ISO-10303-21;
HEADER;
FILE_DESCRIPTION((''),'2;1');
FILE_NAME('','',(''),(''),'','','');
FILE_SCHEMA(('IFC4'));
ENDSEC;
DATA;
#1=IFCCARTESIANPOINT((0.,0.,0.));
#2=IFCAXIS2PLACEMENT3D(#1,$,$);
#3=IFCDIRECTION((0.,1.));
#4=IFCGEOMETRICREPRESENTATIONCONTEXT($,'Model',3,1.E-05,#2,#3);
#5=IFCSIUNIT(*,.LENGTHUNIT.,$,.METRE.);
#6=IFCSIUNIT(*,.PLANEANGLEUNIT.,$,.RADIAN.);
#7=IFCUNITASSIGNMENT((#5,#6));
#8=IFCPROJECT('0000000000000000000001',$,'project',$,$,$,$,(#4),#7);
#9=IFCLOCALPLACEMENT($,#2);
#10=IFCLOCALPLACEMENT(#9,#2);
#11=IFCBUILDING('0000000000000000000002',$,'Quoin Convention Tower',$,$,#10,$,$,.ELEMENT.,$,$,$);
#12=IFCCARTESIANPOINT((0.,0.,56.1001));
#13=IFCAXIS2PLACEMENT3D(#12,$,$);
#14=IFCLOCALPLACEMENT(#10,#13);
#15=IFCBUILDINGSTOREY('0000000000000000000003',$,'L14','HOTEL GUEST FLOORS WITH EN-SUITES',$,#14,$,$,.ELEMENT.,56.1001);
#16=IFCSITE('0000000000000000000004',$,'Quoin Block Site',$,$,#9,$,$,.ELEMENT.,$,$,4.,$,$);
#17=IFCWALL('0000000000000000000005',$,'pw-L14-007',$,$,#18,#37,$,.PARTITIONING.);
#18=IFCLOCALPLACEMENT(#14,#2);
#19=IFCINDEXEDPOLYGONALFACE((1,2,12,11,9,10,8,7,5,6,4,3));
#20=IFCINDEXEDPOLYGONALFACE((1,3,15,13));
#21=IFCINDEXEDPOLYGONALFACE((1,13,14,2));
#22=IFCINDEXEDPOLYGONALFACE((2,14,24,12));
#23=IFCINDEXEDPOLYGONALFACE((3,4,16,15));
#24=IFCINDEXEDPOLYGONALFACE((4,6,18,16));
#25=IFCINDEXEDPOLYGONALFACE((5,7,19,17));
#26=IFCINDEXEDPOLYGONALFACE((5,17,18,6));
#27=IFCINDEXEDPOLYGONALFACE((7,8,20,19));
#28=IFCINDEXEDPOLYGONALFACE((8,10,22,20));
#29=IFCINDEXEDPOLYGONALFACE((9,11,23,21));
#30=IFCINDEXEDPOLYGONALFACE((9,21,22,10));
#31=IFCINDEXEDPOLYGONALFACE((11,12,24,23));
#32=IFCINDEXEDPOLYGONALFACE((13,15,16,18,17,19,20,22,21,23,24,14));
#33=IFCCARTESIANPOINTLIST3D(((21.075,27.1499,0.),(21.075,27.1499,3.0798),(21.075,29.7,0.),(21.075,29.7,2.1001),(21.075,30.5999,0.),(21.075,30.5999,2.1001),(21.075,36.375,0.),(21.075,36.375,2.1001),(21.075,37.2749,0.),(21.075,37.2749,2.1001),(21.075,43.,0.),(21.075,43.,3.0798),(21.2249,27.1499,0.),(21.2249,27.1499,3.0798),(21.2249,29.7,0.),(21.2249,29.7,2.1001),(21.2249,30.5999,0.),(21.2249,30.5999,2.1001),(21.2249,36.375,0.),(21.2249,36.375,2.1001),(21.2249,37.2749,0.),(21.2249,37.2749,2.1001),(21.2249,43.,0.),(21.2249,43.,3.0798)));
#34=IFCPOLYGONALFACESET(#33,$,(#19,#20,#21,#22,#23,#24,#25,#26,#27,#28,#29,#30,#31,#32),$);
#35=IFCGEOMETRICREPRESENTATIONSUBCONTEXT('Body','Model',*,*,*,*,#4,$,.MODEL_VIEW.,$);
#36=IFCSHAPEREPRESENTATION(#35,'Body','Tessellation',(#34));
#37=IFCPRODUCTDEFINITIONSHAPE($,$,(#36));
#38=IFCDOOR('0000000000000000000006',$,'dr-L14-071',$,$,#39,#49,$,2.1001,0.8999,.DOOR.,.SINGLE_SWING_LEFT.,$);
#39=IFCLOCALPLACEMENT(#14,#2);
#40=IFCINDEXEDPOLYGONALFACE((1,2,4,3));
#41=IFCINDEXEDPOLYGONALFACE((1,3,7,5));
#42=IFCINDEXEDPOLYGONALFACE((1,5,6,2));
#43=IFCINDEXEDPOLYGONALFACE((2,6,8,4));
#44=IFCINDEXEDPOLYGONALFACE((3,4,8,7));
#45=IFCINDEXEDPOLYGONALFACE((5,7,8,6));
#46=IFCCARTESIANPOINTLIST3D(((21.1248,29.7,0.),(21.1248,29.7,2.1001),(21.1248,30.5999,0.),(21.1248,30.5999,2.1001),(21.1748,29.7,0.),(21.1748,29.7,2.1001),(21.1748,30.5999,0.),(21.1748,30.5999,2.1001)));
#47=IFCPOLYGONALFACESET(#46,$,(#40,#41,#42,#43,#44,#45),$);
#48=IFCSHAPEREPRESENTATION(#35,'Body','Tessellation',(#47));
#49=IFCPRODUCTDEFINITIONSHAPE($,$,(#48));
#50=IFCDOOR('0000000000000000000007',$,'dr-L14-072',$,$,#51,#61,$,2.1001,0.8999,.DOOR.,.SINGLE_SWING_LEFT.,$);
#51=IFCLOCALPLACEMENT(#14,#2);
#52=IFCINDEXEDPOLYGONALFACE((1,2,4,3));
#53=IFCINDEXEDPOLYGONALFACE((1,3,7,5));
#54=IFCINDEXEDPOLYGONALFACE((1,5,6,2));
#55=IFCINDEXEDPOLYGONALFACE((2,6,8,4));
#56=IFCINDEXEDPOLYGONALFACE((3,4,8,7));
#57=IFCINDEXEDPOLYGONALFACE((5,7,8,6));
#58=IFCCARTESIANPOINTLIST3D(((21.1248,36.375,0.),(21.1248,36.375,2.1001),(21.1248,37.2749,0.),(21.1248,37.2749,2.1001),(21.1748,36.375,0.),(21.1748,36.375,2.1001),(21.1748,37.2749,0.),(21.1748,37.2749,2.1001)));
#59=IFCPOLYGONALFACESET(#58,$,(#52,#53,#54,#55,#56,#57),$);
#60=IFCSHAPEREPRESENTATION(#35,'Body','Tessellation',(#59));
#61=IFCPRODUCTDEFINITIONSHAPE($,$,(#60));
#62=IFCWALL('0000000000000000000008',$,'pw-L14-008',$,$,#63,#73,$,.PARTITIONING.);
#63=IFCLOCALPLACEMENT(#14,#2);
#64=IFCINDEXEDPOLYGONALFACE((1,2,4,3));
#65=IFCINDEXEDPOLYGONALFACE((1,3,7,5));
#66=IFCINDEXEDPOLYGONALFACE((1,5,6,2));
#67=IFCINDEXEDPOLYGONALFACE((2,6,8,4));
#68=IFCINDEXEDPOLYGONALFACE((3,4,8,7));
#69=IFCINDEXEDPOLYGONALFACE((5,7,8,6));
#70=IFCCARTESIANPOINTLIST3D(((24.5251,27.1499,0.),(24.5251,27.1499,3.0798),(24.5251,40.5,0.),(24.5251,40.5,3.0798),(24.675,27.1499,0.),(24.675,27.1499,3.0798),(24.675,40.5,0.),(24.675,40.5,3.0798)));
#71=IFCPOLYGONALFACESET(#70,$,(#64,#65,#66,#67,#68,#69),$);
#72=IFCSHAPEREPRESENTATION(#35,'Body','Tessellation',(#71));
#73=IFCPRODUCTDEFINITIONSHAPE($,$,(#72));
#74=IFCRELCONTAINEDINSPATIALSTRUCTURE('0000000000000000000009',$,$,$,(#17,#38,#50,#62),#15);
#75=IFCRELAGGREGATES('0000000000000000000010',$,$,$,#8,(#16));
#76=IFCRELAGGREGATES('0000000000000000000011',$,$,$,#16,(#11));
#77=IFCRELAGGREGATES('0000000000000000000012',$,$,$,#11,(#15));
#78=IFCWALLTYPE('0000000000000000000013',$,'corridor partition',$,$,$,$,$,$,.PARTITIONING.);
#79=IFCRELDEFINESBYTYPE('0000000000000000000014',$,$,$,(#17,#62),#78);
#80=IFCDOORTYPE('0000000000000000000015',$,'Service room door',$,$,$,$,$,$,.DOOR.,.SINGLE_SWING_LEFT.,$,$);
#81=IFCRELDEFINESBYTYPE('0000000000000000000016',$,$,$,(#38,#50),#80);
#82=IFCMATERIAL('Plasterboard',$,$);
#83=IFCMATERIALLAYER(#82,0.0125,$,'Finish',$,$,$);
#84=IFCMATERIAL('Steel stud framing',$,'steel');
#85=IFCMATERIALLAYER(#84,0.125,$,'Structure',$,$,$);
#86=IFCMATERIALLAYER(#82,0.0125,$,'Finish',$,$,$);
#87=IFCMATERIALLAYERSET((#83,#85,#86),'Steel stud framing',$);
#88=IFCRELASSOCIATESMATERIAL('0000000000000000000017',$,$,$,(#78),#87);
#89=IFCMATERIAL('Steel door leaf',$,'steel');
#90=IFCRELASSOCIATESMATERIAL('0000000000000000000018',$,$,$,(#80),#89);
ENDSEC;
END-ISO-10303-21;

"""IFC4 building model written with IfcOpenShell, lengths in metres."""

from ifc_helpers import new_model, si_unit, direction, frame, frame_2d, origin, place, context, subcontext, project, spatial, rectangle, extrude, material, layer, layer_set, type_object, element, fill, save


model = new_model("IFC4")

# Units and contexts
model_context = context("Model", 3, precision=1e-05, world=origin(), true_north=direction((0.0, 1.0)))
body_context = subcontext(model_context, "Body", "Model", "MODEL_VIEW")
ifc_project = project(units=[si_unit("LENGTHUNIT", "METRE"), si_unit("PLANEANGLEUNIT", "RADIAN")], contexts=[model_context])

# Site, building, storey
site_placement = place(None, origin())
site = spatial("IfcSite", under=ifc_project, at=site_placement, Name="Quoin Block Site", CompositionType="ELEMENT", RefElevation=4.0)
building_placement = place(site_placement, origin())
building = spatial("IfcBuilding", under=site, at=building_placement, Name="Quoin Convention Tower", CompositionType="ELEMENT")
storey_placement = place(building_placement, frame((0.0, 0.0, 56.1001)))
storey = spatial("IfcBuildingStorey", under=building, at=storey_placement, Name="L14", Description="HOTEL GUEST FLOORS WITH EN-SUITES", CompositionType="ELEMENT", Elevation=56.1001)

# Shared definitions
ifc_material_1 = material(Name="Steel door leaf", Category="steel")

# Shared definitions
ifc_material_2 = material(Name="Plasterboard")
ifc_layer_1 = layer(ifc_material_2, 0.0125, Name="Finish")
ifc_material_3 = material(Name="Steel stud framing", Category="steel")
ifc_layer_2 = layer(ifc_material_3, 0.125, Name="Structure")
ifc_layer_3 = layer(ifc_material_2, 0.0125, Name="Finish")
ifc_layer_set_1 = layer_set([ifc_layer_1, ifc_layer_2, ifc_layer_3], Name="Steel stud framing")
wall_type_1 = type_object("IfcWallType", Name="corridor partition", PredefinedType="PARTITIONING", material=ifc_layer_set_1)

# Wall, openings, doors
wall_1_placement = place(storey_placement, frame((21.1499, 27.1499, 0.0), z_axis=(0.0, 0.0, 1.0), x_axis=(0.0, 1.0, 0.0)))
wall_1 = element("IfcWall", 1, at=wall_1_placement, inside=storey, type_object=wall_type_1, Name="pw-L14-007", PredefinedType="PARTITIONING", context=body_context, shape_type="SweptSolid", body=[
    extrude(rectangle(XDim=15.8501, YDim=0.1499, at=frame_2d((7.925, 0.0))), origin(), (0.0, 0.0, 1.0), 3.0798),
])
opening_1_placement = place(wall_1_placement, frame((2.55, 0.0, 0.0)))
opening_1 = element("IfcOpeningElement", 2, at=opening_1_placement, cuts=wall_1, PredefinedType="OPENING", context=body_context, shape_type="SweptSolid", body=[
    extrude(rectangle(XDim=0.8999, YDim=2.1001, at=frame_2d((0.45, 1.05))), frame((0.0, 0.085, 0.0), z_axis=(0.0, -1.0, 0.0), x_axis=(1.0, 0.0, 0.0)), (0.0, 0.0, 1.0), 0.1699),
])
opening_2_placement = place(wall_1_placement, frame((9.2251, 0.0, 0.0)))
opening_2 = element("IfcOpeningElement", 3, at=opening_2_placement, cuts=wall_1, PredefinedType="OPENING", context=body_context, shape_type="SweptSolid", body=[
    extrude(rectangle(XDim=0.8999, YDim=2.1001, at=frame_2d((0.45, 1.05))), frame((0.0, 0.085, 0.0), z_axis=(0.0, -1.0, 0.0), x_axis=(1.0, 0.0, 0.0)), (0.0, 0.0, 1.0), 0.1699),
])
door_type_1 = type_object("IfcDoorType", Name="Service room door", OperationType="SINGLE_SWING_LEFT", PredefinedType="DOOR", material=ifc_material_1)
door_1_placement = place(opening_1_placement, frame((0.8999, 0.0, 0.0), z_axis=(0.0, 0.0, 1.0), x_axis=(-1.0, 0.0, 0.0)))
door_1 = element("IfcDoor", 4, at=door_1_placement, inside=storey, type_object=door_type_1, Name="dr-L14-071", OperationType="SINGLE_SWING_LEFT", OverallHeight=2.1001, OverallWidth=0.8999, PredefinedType="DOOR", context=body_context, shape_type="SweptSolid", body=[
    extrude(rectangle(XDim=0.8999, YDim=2.1001, at=frame_2d((0.45, 1.05))), frame((0.0, 0.0249, 0.0), z_axis=(0.0, -1.0, 0.0), x_axis=(1.0, 0.0, 0.0)), (0.0, 0.0, 1.0), 0.05),
])
fill(opening_1, door_1)
door_2_placement = place(opening_2_placement, frame((0.8999, 0.0, 0.0), z_axis=(0.0, 0.0, 1.0), x_axis=(-1.0, 0.0, 0.0)))
door_2 = element("IfcDoor", 5, at=door_2_placement, inside=storey, type_object=door_type_1, Name="dr-L14-072", OperationType="SINGLE_SWING_LEFT", OverallHeight=2.1001, OverallWidth=0.8999, PredefinedType="DOOR", context=body_context, shape_type="SweptSolid", body=[
    extrude(rectangle(XDim=0.8999, YDim=2.1001, at=frame_2d((0.45, 1.05))), frame((0.0, 0.0249, 0.0), z_axis=(0.0, -1.0, 0.0), x_axis=(1.0, 0.0, 0.0)), (0.0, 0.0, 1.0), 0.05),
])
fill(opening_2, door_2)

# Wall
wall_2_placement = place(storey_placement, frame((24.6001, 27.1499, 0.0), z_axis=(0.0, 0.0, 1.0), x_axis=(0.0, 1.0, 0.0)))
element("IfcWall", 6, at=wall_2_placement, inside=storey, type_object=wall_type_1, Name="pw-L14-008", PredefinedType="PARTITIONING", context=body_context, shape_type="SweptSolid", body=[
    extrude(rectangle(XDim=13.3501, YDim=0.1499, at=frame_2d((6.675, 0.0))), origin(), (0.0, 0.0, 1.0), 3.0798),
])

save(model, "model.ifc")
